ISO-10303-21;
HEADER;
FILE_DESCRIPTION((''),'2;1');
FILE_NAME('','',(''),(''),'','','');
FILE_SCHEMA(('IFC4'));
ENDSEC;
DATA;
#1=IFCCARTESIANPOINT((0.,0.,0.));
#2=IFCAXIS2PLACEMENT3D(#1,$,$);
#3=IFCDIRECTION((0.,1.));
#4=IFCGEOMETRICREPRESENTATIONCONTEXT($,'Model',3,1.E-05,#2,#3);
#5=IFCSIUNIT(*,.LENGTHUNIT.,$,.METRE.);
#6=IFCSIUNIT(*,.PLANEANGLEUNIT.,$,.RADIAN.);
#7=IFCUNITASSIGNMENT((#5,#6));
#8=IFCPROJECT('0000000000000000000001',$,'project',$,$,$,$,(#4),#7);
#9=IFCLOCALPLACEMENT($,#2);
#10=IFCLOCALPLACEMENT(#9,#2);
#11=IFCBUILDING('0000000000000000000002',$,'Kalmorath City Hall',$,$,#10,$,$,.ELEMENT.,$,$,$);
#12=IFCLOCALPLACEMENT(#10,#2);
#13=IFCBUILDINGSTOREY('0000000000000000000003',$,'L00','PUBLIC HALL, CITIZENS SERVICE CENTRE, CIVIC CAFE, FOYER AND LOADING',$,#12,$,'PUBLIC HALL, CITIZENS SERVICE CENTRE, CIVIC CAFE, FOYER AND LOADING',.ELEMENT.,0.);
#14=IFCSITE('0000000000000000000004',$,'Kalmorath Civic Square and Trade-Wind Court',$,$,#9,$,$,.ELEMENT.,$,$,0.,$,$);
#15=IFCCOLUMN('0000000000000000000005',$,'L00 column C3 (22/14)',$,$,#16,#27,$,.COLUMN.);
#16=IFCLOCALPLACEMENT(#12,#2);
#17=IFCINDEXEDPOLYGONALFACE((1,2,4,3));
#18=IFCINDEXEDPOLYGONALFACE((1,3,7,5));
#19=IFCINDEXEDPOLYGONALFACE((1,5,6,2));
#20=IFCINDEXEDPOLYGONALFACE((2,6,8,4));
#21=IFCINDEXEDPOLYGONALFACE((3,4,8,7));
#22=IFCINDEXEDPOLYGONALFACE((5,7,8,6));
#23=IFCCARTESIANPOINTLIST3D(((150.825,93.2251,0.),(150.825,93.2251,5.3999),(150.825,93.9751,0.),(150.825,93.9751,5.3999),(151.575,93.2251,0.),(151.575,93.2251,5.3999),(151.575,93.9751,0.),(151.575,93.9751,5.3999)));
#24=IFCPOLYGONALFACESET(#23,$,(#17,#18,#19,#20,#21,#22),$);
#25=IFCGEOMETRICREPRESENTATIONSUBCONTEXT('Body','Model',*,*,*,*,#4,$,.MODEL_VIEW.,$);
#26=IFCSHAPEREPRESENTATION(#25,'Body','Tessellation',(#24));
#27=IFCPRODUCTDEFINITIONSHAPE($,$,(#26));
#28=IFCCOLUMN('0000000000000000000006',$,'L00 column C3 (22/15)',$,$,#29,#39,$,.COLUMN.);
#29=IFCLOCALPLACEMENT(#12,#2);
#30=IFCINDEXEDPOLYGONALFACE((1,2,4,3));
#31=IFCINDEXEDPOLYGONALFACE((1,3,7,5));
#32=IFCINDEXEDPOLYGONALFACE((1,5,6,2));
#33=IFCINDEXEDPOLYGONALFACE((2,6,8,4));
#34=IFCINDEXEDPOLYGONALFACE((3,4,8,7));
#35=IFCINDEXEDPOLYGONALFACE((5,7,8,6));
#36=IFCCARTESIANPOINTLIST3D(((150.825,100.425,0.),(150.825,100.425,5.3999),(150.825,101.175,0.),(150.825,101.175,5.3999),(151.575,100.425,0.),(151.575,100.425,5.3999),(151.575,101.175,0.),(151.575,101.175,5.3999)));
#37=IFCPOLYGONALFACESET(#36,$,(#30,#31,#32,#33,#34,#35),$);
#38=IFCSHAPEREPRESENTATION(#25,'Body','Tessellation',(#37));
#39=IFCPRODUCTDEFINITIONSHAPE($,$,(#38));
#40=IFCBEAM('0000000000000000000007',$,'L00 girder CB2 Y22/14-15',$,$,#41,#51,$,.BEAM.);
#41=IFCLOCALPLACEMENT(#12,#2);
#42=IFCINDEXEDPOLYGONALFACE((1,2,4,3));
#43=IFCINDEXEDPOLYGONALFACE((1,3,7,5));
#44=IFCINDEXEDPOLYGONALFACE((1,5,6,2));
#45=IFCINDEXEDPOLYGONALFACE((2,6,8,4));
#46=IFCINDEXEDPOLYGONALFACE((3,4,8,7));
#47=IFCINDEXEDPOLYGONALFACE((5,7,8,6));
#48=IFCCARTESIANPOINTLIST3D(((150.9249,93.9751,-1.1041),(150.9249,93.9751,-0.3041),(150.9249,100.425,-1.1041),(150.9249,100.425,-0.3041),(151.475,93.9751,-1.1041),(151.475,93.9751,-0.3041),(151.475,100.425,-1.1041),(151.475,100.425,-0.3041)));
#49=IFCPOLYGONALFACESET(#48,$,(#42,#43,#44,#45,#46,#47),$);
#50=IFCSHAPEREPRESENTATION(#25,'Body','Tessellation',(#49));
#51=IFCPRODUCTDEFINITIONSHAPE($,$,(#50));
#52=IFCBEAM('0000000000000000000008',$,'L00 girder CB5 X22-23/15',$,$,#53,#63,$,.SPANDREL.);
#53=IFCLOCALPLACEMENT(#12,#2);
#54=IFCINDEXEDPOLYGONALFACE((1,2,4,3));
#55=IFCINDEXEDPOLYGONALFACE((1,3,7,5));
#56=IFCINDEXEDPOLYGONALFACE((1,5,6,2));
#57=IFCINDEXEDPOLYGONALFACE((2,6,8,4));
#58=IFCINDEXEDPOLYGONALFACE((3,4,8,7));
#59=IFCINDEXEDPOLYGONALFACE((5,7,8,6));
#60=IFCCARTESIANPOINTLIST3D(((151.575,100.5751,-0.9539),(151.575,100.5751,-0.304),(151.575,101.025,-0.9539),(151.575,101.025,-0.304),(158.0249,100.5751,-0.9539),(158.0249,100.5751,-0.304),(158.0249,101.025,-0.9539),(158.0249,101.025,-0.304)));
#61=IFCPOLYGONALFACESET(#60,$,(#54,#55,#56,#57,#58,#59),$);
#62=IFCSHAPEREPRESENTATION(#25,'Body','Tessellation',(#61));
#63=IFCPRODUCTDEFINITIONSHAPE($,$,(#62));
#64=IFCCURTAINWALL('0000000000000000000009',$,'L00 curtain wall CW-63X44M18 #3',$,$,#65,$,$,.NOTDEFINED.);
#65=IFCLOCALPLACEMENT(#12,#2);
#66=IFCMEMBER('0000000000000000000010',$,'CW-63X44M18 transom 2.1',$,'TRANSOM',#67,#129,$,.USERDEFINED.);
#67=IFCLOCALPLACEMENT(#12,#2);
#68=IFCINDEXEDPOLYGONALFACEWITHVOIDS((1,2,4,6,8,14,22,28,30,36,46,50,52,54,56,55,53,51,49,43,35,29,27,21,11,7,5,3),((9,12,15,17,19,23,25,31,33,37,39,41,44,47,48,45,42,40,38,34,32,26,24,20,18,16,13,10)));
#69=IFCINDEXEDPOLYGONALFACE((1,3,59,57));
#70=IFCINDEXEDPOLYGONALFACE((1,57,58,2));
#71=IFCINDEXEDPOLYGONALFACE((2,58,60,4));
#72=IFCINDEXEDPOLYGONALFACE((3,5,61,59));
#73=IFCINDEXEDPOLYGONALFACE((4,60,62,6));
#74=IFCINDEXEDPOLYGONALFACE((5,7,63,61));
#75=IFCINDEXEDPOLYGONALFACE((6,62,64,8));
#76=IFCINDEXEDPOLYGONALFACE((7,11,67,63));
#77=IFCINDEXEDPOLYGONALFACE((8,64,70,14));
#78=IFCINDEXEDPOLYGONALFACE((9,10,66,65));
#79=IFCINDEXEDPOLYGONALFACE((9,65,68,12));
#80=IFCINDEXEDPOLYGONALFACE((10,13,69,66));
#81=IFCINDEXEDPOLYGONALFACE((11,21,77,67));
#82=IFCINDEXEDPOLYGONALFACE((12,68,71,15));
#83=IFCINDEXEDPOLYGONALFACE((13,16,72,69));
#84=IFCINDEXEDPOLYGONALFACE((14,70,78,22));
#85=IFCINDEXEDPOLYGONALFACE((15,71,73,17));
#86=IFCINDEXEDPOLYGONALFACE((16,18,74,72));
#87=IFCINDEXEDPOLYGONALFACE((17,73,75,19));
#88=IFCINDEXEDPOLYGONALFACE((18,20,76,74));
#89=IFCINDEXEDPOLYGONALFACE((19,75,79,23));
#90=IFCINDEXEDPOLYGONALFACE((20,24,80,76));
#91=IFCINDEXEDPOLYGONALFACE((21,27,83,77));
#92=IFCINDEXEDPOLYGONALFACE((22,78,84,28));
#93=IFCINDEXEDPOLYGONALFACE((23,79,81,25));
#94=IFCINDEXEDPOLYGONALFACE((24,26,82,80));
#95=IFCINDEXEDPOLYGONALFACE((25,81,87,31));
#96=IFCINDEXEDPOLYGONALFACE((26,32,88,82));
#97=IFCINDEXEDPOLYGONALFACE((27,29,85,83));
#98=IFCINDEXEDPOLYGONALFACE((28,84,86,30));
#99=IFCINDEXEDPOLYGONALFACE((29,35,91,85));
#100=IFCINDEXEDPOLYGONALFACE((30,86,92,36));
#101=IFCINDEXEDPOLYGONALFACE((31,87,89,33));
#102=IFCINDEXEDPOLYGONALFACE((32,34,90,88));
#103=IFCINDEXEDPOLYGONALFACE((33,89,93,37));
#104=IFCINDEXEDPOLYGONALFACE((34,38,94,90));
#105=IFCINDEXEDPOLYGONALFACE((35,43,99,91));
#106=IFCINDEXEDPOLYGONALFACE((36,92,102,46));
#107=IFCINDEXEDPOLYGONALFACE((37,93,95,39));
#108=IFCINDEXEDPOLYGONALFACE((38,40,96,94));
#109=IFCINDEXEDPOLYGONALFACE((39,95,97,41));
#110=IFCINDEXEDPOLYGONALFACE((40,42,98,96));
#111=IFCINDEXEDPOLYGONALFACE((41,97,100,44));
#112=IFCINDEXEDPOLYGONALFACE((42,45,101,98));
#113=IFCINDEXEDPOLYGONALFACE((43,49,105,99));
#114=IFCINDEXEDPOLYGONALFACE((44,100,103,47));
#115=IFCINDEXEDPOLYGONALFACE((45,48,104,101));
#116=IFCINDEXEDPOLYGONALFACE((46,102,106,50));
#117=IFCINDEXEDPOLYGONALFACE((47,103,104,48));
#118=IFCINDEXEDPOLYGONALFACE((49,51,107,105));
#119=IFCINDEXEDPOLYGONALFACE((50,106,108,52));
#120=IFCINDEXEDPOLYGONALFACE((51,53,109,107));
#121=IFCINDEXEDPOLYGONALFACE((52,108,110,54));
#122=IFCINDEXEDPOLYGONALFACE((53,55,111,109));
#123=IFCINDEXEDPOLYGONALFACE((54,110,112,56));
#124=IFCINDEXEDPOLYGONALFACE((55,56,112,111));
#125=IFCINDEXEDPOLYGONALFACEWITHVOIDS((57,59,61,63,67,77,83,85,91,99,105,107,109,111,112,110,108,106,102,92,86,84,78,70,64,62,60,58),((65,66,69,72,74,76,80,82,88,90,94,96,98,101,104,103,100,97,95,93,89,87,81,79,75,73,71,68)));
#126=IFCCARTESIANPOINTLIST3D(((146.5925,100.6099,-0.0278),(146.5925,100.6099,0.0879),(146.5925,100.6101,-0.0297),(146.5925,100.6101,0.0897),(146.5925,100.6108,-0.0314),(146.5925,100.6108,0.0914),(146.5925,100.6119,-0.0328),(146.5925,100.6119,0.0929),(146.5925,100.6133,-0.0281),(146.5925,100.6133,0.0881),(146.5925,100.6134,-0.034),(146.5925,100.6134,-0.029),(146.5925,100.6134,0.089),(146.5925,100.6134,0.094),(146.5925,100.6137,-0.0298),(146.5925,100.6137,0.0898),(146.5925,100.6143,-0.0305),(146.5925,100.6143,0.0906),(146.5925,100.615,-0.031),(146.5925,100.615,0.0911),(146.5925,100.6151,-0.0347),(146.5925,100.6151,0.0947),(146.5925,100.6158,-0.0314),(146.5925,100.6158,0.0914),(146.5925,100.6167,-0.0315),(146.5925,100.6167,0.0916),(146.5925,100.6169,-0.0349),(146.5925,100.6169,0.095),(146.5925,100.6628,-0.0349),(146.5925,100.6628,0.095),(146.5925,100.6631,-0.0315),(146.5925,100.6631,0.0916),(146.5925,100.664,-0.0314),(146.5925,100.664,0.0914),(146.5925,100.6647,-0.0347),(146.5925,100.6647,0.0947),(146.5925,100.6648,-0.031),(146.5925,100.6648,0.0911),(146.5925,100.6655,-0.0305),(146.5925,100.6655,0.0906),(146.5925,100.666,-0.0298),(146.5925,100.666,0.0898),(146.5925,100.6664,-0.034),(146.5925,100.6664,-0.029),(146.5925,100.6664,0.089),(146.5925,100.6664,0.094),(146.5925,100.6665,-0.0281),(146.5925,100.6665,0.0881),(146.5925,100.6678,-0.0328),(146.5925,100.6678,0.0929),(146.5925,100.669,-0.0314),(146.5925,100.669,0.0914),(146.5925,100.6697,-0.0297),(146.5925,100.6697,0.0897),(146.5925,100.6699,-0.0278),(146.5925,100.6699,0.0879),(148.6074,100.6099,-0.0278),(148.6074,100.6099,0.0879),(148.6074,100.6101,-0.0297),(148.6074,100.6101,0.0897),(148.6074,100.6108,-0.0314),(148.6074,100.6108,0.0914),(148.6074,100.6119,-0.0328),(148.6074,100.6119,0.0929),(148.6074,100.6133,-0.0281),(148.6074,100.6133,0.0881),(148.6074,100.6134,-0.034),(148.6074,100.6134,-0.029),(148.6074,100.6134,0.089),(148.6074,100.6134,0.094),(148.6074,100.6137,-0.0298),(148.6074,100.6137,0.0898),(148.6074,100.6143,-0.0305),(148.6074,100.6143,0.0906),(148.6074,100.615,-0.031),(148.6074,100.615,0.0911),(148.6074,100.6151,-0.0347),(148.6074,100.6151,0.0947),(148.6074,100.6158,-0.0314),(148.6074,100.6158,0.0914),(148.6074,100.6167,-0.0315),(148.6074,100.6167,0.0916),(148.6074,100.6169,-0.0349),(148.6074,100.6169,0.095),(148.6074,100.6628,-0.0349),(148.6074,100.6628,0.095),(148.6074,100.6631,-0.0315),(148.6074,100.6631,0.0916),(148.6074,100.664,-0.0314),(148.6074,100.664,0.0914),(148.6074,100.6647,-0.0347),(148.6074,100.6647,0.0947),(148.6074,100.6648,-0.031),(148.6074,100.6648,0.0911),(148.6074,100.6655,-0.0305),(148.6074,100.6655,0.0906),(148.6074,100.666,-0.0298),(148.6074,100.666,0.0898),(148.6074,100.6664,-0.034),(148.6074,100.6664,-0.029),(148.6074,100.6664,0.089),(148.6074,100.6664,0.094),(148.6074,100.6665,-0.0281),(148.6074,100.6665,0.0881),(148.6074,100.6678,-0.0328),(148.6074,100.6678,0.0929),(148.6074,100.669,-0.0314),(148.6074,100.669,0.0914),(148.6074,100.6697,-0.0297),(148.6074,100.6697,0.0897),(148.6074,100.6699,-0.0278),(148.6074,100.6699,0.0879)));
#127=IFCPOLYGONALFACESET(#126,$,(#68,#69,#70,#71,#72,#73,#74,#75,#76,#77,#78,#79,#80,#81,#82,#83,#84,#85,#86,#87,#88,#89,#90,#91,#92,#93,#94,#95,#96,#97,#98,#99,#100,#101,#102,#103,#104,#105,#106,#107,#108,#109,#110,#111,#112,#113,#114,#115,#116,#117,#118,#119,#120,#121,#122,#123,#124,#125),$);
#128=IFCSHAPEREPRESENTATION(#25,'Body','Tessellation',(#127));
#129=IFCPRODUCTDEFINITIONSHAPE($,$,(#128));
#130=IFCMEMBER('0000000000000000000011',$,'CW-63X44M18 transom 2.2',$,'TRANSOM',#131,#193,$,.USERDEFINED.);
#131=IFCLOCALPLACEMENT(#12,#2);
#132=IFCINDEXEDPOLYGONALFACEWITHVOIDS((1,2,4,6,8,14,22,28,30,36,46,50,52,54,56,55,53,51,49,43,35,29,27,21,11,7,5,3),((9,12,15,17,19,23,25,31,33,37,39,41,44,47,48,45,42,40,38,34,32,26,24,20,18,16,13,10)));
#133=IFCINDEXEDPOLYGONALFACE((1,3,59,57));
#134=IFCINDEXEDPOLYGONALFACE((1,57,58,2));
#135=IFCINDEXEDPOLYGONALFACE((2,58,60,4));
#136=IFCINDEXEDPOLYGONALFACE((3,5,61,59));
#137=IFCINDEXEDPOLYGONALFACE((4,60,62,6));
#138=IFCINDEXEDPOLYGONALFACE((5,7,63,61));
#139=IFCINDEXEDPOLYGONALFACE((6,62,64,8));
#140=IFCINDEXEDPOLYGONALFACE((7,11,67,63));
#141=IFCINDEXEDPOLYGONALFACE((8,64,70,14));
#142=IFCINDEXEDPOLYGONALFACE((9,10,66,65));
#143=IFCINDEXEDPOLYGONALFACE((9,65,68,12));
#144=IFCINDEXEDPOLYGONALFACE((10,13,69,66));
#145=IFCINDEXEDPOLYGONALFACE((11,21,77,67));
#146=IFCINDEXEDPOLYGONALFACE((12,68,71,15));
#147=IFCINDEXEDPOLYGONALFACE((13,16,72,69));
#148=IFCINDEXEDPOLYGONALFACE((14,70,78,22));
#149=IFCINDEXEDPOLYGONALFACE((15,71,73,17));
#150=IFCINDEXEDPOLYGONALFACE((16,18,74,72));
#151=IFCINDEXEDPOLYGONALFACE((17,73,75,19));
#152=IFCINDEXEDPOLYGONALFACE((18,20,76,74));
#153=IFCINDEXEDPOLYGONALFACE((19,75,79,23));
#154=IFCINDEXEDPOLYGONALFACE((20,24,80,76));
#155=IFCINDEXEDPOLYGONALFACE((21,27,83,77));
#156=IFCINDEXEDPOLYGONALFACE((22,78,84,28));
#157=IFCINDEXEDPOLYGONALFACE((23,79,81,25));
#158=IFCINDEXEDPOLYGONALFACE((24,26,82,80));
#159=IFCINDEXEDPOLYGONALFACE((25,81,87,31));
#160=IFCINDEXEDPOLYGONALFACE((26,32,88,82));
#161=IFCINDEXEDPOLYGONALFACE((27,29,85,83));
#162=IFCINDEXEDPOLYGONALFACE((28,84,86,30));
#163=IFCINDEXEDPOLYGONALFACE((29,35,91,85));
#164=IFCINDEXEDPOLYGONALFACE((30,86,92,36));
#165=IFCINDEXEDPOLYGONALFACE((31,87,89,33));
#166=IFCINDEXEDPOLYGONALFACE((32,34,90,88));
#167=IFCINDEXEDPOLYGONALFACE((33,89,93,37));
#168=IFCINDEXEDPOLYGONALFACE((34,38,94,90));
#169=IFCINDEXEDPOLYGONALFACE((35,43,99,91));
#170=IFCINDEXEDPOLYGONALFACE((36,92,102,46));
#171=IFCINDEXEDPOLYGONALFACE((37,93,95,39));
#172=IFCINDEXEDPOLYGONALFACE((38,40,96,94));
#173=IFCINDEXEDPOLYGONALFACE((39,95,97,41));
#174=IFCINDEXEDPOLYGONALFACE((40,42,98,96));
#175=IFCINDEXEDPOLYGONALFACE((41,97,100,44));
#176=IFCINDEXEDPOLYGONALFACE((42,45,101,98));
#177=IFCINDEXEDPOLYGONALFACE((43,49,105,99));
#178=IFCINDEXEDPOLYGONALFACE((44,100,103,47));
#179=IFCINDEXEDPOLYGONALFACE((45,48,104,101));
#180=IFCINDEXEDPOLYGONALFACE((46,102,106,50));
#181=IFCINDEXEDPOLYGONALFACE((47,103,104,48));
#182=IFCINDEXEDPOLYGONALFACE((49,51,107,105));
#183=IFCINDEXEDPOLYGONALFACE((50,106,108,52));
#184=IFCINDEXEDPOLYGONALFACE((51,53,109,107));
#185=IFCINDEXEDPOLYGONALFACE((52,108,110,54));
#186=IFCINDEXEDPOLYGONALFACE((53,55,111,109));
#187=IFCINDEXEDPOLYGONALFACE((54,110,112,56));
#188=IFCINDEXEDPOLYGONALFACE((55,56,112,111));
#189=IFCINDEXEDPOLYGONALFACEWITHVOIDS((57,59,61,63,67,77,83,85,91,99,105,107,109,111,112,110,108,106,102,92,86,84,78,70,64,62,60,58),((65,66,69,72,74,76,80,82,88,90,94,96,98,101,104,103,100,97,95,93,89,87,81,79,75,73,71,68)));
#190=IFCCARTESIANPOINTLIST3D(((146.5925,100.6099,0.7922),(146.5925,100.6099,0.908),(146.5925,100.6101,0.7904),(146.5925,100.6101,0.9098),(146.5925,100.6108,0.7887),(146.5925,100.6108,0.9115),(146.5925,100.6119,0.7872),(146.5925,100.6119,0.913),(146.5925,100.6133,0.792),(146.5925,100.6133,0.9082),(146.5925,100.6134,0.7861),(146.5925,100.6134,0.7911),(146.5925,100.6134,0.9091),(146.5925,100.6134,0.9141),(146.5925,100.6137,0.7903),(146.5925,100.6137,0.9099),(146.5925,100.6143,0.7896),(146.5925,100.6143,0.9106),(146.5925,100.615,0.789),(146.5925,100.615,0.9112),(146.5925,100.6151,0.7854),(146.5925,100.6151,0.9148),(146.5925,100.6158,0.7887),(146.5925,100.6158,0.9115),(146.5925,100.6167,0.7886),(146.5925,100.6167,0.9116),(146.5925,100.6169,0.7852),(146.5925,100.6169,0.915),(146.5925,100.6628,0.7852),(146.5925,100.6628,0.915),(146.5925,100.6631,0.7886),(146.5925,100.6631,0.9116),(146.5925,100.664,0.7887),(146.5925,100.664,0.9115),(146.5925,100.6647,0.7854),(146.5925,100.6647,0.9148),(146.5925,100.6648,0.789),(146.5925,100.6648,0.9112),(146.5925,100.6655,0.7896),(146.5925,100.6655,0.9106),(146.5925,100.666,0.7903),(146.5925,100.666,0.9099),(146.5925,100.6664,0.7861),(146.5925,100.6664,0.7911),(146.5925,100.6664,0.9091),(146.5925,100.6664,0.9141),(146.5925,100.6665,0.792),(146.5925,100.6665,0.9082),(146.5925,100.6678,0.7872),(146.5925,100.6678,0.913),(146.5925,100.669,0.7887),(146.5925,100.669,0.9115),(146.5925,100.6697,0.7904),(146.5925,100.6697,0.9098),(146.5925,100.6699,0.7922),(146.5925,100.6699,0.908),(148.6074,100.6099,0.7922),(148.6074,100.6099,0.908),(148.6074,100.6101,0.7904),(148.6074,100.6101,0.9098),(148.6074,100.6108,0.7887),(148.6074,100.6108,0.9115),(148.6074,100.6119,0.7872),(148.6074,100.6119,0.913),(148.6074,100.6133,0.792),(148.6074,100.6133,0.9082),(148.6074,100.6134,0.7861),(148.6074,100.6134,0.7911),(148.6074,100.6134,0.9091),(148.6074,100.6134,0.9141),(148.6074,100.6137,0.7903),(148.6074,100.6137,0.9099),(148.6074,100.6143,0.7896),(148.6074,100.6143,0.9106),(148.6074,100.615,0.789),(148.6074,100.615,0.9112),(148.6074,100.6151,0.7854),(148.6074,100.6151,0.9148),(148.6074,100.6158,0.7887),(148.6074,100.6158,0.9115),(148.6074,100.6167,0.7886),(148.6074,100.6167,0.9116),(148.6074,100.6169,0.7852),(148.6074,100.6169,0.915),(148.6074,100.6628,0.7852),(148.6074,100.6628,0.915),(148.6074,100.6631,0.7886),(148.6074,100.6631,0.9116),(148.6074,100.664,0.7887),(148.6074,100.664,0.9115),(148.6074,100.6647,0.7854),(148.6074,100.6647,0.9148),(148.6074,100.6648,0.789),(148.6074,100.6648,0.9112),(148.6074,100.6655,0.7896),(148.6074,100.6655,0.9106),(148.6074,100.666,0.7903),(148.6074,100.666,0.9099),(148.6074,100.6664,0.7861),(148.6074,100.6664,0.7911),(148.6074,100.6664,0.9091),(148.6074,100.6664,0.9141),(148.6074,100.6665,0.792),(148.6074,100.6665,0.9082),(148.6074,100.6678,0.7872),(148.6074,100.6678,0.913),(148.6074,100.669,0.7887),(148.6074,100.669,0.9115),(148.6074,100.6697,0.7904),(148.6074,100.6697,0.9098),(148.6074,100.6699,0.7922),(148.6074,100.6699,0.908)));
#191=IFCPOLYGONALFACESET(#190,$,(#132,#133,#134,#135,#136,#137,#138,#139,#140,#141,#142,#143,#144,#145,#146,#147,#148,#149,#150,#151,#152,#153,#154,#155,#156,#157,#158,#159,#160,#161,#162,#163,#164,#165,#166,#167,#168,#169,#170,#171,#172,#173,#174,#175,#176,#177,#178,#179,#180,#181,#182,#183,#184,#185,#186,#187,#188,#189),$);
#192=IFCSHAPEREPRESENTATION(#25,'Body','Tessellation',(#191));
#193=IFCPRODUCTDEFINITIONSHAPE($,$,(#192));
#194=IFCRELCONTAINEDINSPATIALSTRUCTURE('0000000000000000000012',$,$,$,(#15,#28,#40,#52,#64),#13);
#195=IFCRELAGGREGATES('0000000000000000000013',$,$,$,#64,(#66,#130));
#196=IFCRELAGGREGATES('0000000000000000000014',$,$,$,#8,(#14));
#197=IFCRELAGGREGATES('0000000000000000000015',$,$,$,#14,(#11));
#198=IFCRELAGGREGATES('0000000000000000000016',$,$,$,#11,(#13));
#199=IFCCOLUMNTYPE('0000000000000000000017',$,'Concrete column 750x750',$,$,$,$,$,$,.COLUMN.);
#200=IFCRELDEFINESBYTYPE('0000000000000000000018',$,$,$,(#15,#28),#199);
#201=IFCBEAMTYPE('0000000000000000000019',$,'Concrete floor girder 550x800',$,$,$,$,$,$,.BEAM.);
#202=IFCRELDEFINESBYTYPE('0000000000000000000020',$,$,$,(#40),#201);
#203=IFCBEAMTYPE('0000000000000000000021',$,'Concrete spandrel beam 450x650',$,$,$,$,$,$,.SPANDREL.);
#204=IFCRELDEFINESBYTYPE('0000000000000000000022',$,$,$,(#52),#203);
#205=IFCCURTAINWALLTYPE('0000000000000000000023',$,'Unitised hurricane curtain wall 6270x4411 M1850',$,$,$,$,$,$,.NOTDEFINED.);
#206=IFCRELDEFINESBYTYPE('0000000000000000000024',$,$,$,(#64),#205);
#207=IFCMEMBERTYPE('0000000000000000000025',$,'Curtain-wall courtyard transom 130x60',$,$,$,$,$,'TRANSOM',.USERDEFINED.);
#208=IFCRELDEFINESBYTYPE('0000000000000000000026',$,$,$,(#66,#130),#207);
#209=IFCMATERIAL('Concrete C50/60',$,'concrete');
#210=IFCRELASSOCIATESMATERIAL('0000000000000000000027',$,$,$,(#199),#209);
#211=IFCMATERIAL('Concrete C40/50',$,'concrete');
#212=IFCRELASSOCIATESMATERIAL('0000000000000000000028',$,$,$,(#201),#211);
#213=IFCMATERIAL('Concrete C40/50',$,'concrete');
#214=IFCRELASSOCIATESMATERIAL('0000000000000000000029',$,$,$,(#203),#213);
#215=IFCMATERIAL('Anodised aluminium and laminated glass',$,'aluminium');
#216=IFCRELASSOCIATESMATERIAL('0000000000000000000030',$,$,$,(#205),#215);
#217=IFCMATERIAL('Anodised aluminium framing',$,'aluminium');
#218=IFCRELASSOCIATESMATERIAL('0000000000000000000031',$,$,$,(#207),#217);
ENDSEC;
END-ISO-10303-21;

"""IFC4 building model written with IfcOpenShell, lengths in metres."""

from ifc_helpers import new_model, si_unit, direction, frame, origin, origin_2d, place, context, subcontext, project, spatial, rectangle, hollow_rectangle, extrude, material, material_profile, profile_set, type_object, element, aggregate, save


model = new_model("IFC4")

# Units and contexts
model_context = context("Model", 3, precision=1e-05, world=origin(), true_north=direction((0.0, 1.0)))
body_context = subcontext(model_context, "Body", "Model", "MODEL_VIEW")
ifc_project = project(units=[si_unit("LENGTHUNIT", "METRE"), si_unit("PLANEANGLEUNIT", "RADIAN")], contexts=[model_context])

# Site, building, storey
site_placement = place(None, origin())
site = spatial("IfcSite", under=ifc_project, at=site_placement, Name="Kalmorath Civic Square and Trade-Wind Court", CompositionType="ELEMENT", RefElevation=0.0)
building_placement = place(site_placement, origin())
building = spatial("IfcBuilding", under=site, at=building_placement, Name="Kalmorath City Hall", CompositionType="ELEMENT")
storey_placement = place(building_placement, origin())
storey = spatial("IfcBuildingStorey", under=building, at=storey_placement, Name="L00", Description="PUBLIC HALL, CITIZENS SERVICE CENTRE, CIVIC CAFE, FOYER AND LOADING", LongName="PUBLIC HALL, CITIZENS SERVICE CENTRE, CIVIC CAFE, FOYER AND LOADING", CompositionType="ELEMENT", Elevation=0.0)

# Columns
ifc_material_1 = material(Name="Concrete C50/60", Category="concrete")
ifc_material_profile_1 = material_profile(ifc_material_1, rectangle(XDim=0.75, YDim=0.75, at=origin_2d()), Name="RC-COL-750X750")
ifc_profile_set_1 = profile_set([ifc_material_profile_1], Name="Concrete C50/60")
column_type = type_object("IfcColumnType", Name="Concrete column 750x750", PredefinedType="COLUMN", material=ifc_profile_set_1)
for number, where, z_axis, x_axis, name in (
    (1, (151.2, 93.6001, 0.0), (0.0, 0.0, 1.0), (1.0, 0.0, 0.0), "L00 column C3 (22/14)"),
    (2, (151.2, 100.8, 0.0), (0.0, 0.0, 1.0), (1.0, 0.0, 0.0), "L00 column C3 (22/15)"),
):
    element("IfcColumn", number, at=place(storey_placement, frame(where, z_axis=z_axis, x_axis=x_axis)), inside=storey, type_object=column_type, Name=name, PredefinedType="COLUMN", context=body_context, shape_type="SweptSolid", body=[
        extrude(rectangle(XDim=0.75, YDim=0.75, at=origin_2d()), origin(), (0.0, 0.0, 1.0), 5.3999),
    ])

# Beams
ifc_material_2 = material(Name="Concrete C40/50", Category="concrete")
ifc_material_profile_2 = material_profile(ifc_material_2, rectangle(XDim=0.55, YDim=0.8, at=origin_2d()), Name="RC-BM-550X800")
ifc_profile_set_2 = profile_set([ifc_material_profile_2], Name="Concrete C40/50")
beam_type_1 = type_object("IfcBeamType", Name="Concrete floor girder 550x800", PredefinedType="BEAM", material=ifc_profile_set_2)
beam_1_placement = place(storey_placement, frame((151.2, 93.9751, -0.7041), z_axis=(0.0, 1.0, 0.0), x_axis=(-1.0, 0.0, 0.0)))
element("IfcBeam", 3, at=beam_1_placement, inside=storey, type_object=beam_type_1, Name="L00 girder CB2 Y22/14-15", PredefinedType="BEAM", context=body_context, shape_type="SweptSolid", body=[
    extrude(rectangle(XDim=0.55, YDim=0.8, at=origin_2d()), origin(), (0.0, 0.0, 1.0), 6.45),
])
ifc_material_3 = material(Name="Concrete C40/50", Category="concrete")
ifc_material_profile_3 = material_profile(ifc_material_3, rectangle(XDim=0.45, YDim=0.6499, at=origin_2d()), Name="RC-BM-450X650")
ifc_profile_set_3 = profile_set([ifc_material_profile_3], Name="Concrete C40/50")
beam_type_2 = type_object("IfcBeamType", Name="Concrete spandrel beam 450x650", PredefinedType="SPANDREL", material=ifc_profile_set_3)
beam_2_placement = place(storey_placement, frame((151.575, 100.8, -0.6289), z_axis=(1.0, 0.0, 0.0), x_axis=(0.0, 1.0, 0.0)))
element("IfcBeam", 4, at=beam_2_placement, inside=storey, type_object=beam_type_2, Name="L00 girder CB5 X22-23/15", PredefinedType="SPANDREL", context=body_context, shape_type="SweptSolid", body=[
    extrude(rectangle(XDim=0.45, YDim=0.6499, at=origin_2d()), origin(), (0.0, 0.0, 1.0), 6.45),
])

# Curtain wall, members
ifc_material_4 = material(Name="Anodised aluminium and laminated glass", Category="aluminium")
curtain_wall_type = type_object("IfcCurtainWallType", Name="Unitised hurricane curtain wall 6270x4411 M1850", PredefinedType="NOTDEFINED", material=ifc_material_4)
curtain_wall_placement = place(storey_placement, origin())
curtain_wall = element("IfcCurtainWall", 5, at=curtain_wall_placement, inside=storey, type_object=curtain_wall_type, Name="L00 curtain wall CW-63X44M18 #3", PredefinedType="NOTDEFINED")
ifc_material_5 = material(Name="Anodised aluminium framing", Category="aluminium")
ifc_material_profile_4 = material_profile(ifc_material_5, hollow_rectangle(XDim=0.0601, YDim=0.1299, WallThickness=0.0034, InnerFilletRadius=0.0034, OuterFilletRadius=0.0071, at=origin_2d()), Name="ALU-TRN-130X60X3.5")
ifc_profile_set_4 = profile_set([ifc_material_profile_4], Name="Anodised aluminium framing")
member_type_1 = type_object("IfcMemberType", Name="Curtain-wall courtyard transom 130x60", ElementType="TRANSOM", PredefinedType="USERDEFINED", material=ifc_profile_set_4)
member_1_placement = place(storey_placement, frame((146.5925, 100.6399, 0.03), z_axis=(1.0, 0.0, 0.0), x_axis=(0.0, 1.0, 0.0)))
member_1 = element("IfcMember", 6, at=member_1_placement, type_object=member_type_1, Name="CW-63X44M18 transom 2.1", ObjectType="TRANSOM", PredefinedType="USERDEFINED", context=body_context, shape_type="SweptSolid", body=[
    extrude(hollow_rectangle(XDim=0.0601, YDim=0.1299, WallThickness=0.0034, InnerFilletRadius=0.0034, OuterFilletRadius=0.0071, at=origin_2d()), origin(), (0.0, 0.0, 1.0), 2.0149),
])
member_2_placement = place(storey_placement, frame((146.5925, 100.6399, 0.8501), z_axis=(1.0, 0.0, 0.0), x_axis=(0.0, 1.0, 0.0)))
member_2 = element("IfcMember", 7, at=member_2_placement, type_object=member_type_1, Name="CW-63X44M18 transom 2.2", ObjectType="TRANSOM", PredefinedType="USERDEFINED", context=body_context, shape_type="SweptSolid", body=[
    extrude(hollow_rectangle(XDim=0.0601, YDim=0.1299, WallThickness=0.0034, InnerFilletRadius=0.0034, OuterFilletRadius=0.0071, at=origin_2d()), origin(), (0.0, 0.0, 1.0), 2.0149),
])
aggregate(curtain_wall, [member_1, member_2])

save(model, "model.ifc")
